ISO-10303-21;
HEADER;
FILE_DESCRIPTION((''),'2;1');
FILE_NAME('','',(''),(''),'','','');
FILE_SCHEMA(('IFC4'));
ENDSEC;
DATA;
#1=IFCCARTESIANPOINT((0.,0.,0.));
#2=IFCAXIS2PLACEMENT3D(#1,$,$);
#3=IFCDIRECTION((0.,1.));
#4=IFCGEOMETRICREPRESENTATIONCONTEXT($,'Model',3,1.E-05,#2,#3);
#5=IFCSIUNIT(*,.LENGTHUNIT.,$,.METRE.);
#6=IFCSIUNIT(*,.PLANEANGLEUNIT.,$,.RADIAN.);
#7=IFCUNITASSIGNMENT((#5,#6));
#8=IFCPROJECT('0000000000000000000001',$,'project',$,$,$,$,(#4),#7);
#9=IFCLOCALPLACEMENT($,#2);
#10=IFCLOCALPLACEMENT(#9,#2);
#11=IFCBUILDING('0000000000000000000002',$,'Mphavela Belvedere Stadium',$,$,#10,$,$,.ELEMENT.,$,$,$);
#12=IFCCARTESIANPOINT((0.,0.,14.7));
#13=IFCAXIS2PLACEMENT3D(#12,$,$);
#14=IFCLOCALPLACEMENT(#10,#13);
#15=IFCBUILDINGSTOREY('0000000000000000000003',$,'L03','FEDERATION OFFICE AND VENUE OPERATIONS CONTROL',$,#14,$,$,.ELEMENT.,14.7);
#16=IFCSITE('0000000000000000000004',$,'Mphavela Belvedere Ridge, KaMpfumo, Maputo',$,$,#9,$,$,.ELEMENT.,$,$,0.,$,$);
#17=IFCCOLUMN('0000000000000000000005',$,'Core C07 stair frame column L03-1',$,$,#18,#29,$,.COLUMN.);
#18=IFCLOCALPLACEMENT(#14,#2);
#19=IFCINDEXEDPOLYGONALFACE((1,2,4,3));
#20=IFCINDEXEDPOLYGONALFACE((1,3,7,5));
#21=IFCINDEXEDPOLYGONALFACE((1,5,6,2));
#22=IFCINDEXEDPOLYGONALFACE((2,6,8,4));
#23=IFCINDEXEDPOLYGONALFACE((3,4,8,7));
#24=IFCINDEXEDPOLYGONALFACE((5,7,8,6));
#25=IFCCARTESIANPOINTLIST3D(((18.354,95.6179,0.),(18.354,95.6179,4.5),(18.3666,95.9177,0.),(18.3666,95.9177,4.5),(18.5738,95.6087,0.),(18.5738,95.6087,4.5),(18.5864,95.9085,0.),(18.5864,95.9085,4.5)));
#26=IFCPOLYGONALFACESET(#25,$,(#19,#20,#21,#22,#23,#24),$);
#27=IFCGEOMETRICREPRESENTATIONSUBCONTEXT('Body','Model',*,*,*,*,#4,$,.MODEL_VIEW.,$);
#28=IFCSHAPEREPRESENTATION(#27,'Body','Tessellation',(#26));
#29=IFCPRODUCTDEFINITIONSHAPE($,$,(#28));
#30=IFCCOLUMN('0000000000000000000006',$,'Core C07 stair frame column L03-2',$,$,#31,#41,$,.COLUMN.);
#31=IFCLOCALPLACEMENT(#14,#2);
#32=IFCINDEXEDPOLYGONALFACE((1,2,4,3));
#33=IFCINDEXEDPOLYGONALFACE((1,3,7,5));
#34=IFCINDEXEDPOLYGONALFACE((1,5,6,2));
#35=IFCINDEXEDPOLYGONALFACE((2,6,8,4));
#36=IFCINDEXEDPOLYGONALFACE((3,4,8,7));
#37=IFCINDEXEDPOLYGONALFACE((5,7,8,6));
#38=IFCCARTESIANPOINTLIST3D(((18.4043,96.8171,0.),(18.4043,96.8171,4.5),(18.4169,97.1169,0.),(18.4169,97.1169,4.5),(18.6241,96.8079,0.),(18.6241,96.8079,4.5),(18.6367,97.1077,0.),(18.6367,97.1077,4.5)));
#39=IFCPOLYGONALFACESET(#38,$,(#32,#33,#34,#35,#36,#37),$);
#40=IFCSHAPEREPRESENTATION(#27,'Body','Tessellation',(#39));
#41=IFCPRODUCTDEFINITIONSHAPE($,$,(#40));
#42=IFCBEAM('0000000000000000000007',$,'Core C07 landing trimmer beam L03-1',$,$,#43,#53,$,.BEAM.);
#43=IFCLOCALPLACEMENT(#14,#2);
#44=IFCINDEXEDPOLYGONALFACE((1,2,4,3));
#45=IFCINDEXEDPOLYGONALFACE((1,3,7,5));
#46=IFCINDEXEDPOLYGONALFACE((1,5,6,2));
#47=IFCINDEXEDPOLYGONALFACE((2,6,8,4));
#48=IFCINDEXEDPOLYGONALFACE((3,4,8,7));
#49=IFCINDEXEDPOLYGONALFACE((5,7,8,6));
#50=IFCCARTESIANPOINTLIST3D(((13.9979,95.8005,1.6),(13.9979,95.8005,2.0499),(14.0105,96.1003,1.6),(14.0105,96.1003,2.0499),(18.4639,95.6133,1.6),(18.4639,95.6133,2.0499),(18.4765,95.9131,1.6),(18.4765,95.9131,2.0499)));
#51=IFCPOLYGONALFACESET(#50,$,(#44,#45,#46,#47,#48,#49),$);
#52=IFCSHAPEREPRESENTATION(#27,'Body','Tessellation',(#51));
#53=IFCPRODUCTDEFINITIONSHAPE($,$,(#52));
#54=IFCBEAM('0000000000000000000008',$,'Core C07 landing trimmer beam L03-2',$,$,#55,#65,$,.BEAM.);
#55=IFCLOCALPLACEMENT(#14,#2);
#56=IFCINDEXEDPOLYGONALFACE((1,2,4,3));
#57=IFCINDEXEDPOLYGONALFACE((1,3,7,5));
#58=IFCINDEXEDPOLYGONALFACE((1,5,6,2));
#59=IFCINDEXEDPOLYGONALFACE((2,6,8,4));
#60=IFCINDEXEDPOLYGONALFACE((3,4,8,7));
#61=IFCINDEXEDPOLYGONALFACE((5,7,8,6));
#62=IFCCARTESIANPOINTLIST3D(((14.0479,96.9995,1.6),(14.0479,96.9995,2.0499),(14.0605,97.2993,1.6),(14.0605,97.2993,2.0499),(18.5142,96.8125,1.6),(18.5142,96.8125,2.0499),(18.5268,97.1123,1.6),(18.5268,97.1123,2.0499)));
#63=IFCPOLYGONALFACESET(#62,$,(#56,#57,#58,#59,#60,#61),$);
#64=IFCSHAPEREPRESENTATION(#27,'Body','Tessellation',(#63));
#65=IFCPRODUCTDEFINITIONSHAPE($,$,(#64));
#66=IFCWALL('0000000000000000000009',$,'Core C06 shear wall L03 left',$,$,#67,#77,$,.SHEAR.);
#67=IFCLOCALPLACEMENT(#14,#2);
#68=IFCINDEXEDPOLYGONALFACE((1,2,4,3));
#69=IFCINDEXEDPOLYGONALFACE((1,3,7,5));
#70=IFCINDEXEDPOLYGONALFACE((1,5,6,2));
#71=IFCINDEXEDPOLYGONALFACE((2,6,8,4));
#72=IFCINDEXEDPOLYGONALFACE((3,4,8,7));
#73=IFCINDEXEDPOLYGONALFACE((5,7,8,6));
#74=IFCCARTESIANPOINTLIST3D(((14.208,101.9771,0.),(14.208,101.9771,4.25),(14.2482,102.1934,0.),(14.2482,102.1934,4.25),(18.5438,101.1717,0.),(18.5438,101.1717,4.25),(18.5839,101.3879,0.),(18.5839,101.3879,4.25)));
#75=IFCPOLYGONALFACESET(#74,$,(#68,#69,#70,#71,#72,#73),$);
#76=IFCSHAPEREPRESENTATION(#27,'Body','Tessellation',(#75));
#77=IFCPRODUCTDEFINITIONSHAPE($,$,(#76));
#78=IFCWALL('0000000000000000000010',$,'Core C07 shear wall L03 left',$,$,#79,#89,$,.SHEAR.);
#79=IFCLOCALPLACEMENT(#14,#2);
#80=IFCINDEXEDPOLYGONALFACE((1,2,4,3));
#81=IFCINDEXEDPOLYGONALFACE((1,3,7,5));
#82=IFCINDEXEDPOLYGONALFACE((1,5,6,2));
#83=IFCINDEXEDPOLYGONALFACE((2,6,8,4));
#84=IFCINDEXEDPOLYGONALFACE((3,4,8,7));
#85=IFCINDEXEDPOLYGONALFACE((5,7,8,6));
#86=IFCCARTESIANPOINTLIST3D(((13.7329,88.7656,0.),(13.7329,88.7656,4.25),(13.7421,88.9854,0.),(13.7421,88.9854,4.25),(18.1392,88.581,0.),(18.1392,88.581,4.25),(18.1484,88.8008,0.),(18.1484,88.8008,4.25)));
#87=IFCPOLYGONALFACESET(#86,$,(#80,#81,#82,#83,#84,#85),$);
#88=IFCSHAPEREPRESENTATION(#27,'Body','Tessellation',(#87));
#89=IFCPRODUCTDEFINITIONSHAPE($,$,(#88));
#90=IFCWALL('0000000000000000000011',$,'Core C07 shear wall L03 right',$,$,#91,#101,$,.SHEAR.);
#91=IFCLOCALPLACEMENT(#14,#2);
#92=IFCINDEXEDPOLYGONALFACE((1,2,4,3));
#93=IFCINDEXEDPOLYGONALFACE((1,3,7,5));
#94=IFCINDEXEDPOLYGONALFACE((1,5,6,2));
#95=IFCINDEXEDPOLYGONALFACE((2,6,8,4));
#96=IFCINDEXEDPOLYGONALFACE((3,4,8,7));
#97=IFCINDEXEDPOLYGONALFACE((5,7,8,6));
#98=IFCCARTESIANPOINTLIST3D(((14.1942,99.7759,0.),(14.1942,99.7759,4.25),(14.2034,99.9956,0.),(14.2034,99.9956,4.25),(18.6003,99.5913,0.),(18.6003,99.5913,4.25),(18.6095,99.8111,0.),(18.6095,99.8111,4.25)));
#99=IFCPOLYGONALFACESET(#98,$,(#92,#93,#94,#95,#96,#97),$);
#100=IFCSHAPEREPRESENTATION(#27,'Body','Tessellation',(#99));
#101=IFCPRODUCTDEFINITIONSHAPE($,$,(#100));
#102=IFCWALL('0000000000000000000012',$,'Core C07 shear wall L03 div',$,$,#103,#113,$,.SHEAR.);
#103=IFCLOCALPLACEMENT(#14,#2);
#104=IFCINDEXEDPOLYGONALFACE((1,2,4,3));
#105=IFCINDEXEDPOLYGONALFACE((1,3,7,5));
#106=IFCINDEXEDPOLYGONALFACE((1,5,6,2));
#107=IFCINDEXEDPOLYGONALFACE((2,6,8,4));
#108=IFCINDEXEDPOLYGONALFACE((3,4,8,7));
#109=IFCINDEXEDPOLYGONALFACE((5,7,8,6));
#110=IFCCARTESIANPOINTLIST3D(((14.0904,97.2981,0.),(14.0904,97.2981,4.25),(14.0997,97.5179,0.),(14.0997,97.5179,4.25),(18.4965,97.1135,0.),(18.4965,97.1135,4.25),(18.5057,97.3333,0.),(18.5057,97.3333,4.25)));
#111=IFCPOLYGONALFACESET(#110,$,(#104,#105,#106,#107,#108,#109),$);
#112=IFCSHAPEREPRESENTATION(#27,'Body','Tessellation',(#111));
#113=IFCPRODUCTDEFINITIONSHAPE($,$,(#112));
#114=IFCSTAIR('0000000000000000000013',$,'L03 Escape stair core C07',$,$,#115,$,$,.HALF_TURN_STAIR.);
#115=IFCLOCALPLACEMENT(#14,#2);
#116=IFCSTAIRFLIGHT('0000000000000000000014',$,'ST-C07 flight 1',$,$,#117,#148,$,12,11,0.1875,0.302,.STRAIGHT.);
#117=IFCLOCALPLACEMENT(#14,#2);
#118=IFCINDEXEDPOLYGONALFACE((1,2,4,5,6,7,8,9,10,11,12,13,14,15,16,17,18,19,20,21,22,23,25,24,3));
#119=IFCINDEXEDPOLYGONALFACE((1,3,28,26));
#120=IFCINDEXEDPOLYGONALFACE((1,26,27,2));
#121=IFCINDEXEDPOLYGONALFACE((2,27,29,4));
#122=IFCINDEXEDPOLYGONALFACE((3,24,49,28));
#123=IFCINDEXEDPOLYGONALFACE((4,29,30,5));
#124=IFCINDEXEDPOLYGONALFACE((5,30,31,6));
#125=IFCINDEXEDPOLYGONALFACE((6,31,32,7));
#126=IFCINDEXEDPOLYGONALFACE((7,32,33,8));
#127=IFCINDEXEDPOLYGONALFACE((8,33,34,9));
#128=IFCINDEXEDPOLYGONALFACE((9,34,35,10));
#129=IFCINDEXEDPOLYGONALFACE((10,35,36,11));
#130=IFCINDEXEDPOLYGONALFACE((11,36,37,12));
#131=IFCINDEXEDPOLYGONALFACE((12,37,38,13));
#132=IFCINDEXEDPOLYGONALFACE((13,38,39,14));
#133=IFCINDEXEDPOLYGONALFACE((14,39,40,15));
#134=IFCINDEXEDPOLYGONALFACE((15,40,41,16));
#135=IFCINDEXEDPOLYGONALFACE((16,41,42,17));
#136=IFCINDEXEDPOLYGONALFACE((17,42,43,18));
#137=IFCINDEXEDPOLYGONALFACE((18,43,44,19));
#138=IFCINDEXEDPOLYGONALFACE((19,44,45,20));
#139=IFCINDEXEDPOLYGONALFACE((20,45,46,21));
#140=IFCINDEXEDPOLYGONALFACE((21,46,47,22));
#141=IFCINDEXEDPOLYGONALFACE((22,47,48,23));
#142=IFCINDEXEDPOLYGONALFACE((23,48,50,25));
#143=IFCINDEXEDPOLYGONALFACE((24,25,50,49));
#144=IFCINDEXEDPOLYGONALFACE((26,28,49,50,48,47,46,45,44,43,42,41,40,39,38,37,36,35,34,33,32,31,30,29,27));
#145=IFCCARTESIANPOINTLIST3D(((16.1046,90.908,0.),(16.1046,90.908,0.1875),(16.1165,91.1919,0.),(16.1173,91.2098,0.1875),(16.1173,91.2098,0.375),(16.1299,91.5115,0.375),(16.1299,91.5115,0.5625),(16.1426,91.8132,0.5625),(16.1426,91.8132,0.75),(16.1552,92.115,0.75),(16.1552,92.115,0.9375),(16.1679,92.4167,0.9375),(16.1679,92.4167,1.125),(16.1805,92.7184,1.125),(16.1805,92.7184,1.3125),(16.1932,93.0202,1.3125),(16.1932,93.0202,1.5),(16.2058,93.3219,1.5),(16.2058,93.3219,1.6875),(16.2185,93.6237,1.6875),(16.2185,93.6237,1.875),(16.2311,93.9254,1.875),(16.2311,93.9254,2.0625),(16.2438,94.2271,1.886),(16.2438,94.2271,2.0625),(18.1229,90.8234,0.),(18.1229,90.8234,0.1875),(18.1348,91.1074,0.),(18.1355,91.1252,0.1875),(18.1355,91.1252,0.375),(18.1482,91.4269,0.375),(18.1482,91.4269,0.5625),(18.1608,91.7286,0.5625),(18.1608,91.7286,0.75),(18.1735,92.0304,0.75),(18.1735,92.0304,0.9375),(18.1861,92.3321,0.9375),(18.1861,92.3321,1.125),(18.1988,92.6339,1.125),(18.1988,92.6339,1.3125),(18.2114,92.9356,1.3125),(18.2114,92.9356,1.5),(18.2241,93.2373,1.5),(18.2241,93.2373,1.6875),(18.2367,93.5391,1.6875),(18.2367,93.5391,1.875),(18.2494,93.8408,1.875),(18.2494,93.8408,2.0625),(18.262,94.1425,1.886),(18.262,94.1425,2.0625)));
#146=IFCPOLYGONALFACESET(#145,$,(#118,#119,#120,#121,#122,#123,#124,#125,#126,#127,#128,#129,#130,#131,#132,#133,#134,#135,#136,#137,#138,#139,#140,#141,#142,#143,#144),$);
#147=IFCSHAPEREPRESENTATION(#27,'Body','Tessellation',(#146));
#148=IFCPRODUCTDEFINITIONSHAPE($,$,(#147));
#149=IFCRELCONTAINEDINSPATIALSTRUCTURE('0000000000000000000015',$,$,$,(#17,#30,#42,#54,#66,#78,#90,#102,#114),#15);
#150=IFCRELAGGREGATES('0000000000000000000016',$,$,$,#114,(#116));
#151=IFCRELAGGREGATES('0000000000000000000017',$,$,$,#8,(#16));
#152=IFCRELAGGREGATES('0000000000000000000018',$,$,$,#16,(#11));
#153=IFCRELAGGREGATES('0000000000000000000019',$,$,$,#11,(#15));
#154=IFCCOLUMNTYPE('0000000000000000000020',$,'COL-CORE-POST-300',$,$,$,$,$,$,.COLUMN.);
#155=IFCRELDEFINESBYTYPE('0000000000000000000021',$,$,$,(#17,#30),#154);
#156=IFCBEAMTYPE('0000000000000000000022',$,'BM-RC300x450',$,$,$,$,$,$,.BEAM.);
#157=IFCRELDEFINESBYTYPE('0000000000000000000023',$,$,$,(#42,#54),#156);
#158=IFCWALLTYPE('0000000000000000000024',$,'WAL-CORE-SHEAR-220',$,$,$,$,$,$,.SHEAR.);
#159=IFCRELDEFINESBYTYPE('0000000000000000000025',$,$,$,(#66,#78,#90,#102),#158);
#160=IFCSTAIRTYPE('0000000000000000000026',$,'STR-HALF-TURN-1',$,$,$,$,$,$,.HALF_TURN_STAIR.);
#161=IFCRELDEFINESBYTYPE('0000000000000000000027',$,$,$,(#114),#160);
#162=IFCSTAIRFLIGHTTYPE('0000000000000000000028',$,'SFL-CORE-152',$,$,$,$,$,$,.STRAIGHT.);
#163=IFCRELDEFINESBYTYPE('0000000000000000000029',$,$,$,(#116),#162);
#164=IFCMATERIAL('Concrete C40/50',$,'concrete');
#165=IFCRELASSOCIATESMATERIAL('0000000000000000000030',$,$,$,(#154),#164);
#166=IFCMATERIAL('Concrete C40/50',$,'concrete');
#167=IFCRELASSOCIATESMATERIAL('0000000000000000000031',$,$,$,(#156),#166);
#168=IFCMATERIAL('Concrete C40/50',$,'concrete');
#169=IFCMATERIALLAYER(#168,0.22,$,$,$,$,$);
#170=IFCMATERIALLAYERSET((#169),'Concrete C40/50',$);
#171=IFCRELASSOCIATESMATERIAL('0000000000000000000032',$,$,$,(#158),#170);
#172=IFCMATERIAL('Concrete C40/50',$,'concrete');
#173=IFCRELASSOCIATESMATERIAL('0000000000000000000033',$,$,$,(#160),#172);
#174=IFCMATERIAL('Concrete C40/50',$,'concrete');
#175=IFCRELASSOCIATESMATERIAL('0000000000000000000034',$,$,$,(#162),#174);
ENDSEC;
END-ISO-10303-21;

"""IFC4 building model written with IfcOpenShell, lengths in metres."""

from ifc_helpers import new_model, si_unit, direction, frame, frame_2d, origin, origin_2d, place, context, subcontext, project, spatial, polyline, rectangle, outline, extrude, material, layer, layer_set, material_profile, profile_set, type_object, element, aggregate, save


model = new_model("IFC4")

# Units and contexts
model_context = context("Model", 3, precision=1e-05, world=origin(), true_north=direction((0.0, 1.0)))
body_context = subcontext(model_context, "Body", "Model", "MODEL_VIEW")
ifc_project = project(units=[si_unit("LENGTHUNIT", "METRE"), si_unit("PLANEANGLEUNIT", "RADIAN")], contexts=[model_context])

# Site, building, storey
site_placement = place(None, origin())
site = spatial("IfcSite", under=ifc_project, at=site_placement, Name="Mphavela Belvedere Ridge, KaMpfumo, Maputo", CompositionType="ELEMENT", RefElevation=0.0)
building_placement = place(site_placement, origin())
building = spatial("IfcBuilding", under=site, at=building_placement, Name="Mphavela Belvedere Stadium", CompositionType="ELEMENT")
storey_placement = place(building_placement, frame((0.0, 0.0, 14.7)))
storey = spatial("IfcBuildingStorey", under=building, at=storey_placement, Name="L03", Description="FEDERATION OFFICE AND VENUE OPERATIONS CONTROL", CompositionType="ELEMENT", Elevation=14.7)

# Columns
ifc_material_1 = material(Name="Concrete C40/50", Category="concrete")
ifc_material_profile_1 = material_profile(ifc_material_1, rectangle(XDim=0.3, YDim=0.22, at=origin_2d()), Name="RC 300x220")
ifc_profile_set_1 = profile_set([ifc_material_profile_1], Name="Concrete C40/50")
column_type = type_object("IfcColumnType", Name="COL-CORE-POST-300", PredefinedType="COLUMN", material=ifc_profile_set_1)
for number, where, z_axis, x_axis, name in (
    (1, (18.4702, 95.7632, 0.0), (0.0, 0.0, 1.0), (0.041876, 0.999123, 0.0), "Core C07 stair frame column L03-1"),
    (2, (18.5205, 96.9624, 0.0), (0.0, 0.0, 1.0), (0.041876, 0.999123, 0.0), "Core C07 stair frame column L03-2"),
):
    element("IfcColumn", number, at=place(storey_placement, frame(where, z_axis=z_axis, x_axis=x_axis)), inside=storey, type_object=column_type, Name=name, PredefinedType="COLUMN", context=body_context, shape_type="SweptSolid", body=[
        extrude(rectangle(XDim=0.3, YDim=0.22, at=origin_2d()), origin(), (0.0, 0.0, 1.0), 4.5),
    ])

# Beams
ifc_material_2 = material(Name="Concrete C40/50", Category="concrete")
ifc_material_profile_2 = material_profile(ifc_material_2, rectangle(XDim=0.3, YDim=0.45, at=origin_2d()), Name="RC 300x450")
ifc_profile_set_2 = profile_set([ifc_material_profile_2], Name="Concrete C40/50")
beam_type = type_object("IfcBeamType", Name="BM-RC300x450", PredefinedType="BEAM", material=ifc_profile_set_2)
beam_1_placement = place(storey_placement, frame((18.4702, 95.7632, 1.825), z_axis=(-0.999122, 0.041892, 0.0), x_axis=(-0.041892, -0.999122, 0.0)))
element("IfcBeam", 3, at=beam_1_placement, inside=storey, type_object=beam_type, Name="Core C07 landing trimmer beam L03-1", PredefinedType="BEAM", context=body_context, shape_type="SweptSolid", body=[
    extrude(rectangle(XDim=0.3, YDim=0.45, at=origin_2d()), origin(), (0.0, 0.0, 1.0), 4.47),
])
beam_2_placement = place(storey_placement, frame((18.5205, 96.9624, 1.825), z_axis=(-0.999125, 0.041835, 0.0), x_axis=(-0.041835, -0.999125, 0.0)))
element("IfcBeam", 4, at=beam_2_placement, inside=storey, type_object=beam_type, Name="Core C07 landing trimmer beam L03-2", PredefinedType="BEAM", context=body_context, shape_type="SweptSolid", body=[
    extrude(rectangle(XDim=0.3, YDim=0.45, at=origin_2d()), origin(), (0.0, 0.0, 1.0), 4.4702),
])

# Wall
ifc_material_3 = material(Name="Concrete C40/50", Category="concrete")
ifc_layer = layer(ifc_material_3, 0.22)
ifc_layer_set = layer_set([ifc_layer], Name="Concrete C40/50")
wall_type = type_object("IfcWallType", Name="WAL-CORE-SHEAR-220", PredefinedType="SHEAR", material=ifc_layer_set)
wall_1_placement = place(storey_placement, frame((18.564, 101.2798, 0.0), z_axis=(0.0, 0.0, 1.0), x_axis=(-0.98318, 0.18264, 0.0)))
element("IfcWall", 5, at=wall_1_placement, inside=storey, type_object=wall_type, Name="Core C06 shear wall L03 left", PredefinedType="SHEAR", context=body_context, shape_type="SweptSolid", body=[
    extrude(rectangle(XDim=4.4099, YDim=0.22, at=frame_2d((2.2051, 0.0))), origin(), (0.0, 0.0, 1.0), 4.25),
])

# Walls
wall_2_placement = place(storey_placement, frame((18.1438, 88.6909, 0.0), z_axis=(0.0, 0.0, 1.0), x_axis=(-0.999124, 0.041852, 0.0)))
element("IfcWall", 6, at=wall_2_placement, inside=storey, type_object=wall_type, Name="Core C07 shear wall L03 left", PredefinedType="SHEAR", context=body_context, shape_type="SweptSolid", body=[
    extrude(rectangle(XDim=4.4102, YDim=0.22, at=frame_2d((2.2051, 0.0))), origin(), (0.0, 0.0, 1.0), 4.25),
])
wall_3_placement = place(storey_placement, frame((18.605, 99.7012, 0.0), z_axis=(0.0, 0.0, 1.0), x_axis=(-0.999124, 0.041854, 0.0)))
element("IfcWall", 7, at=wall_3_placement, inside=storey, type_object=wall_type, Name="Core C07 shear wall L03 right", PredefinedType="SHEAR", context=body_context, shape_type="SweptSolid", body=[
    extrude(rectangle(XDim=4.4099, YDim=0.22, at=frame_2d((2.2051, 0.0))), origin(), (0.0, 0.0, 1.0), 4.25),
])

# Wall
wall_4_placement = place(storey_placement, frame((18.5012, 97.2234, 0.0), z_axis=(0.0, 0.0, 1.0), x_axis=(-0.999124, 0.041854, 0.0)))
element("IfcWall", 8, at=wall_4_placement, inside=storey, type_object=wall_type, Name="Core C07 shear wall L03 div", PredefinedType="SHEAR", context=body_context, shape_type="SweptSolid", body=[
    extrude(rectangle(XDim=4.4099, YDim=0.22, at=frame_2d((2.2051, 0.0))), origin(), (0.0, 0.0, 1.0), 4.25),
])

# Stair, stair flight
ifc_material_4 = material(Name="Concrete C40/50", Category="concrete")
stair_type = type_object("IfcStairType", Name="STR-HALF-TURN-1", PredefinedType="HALF_TURN_STAIR", material=ifc_material_4)
stair_placement = place(storey_placement, origin())
stair = element("IfcStair", 9, at=stair_placement, inside=storey, type_object=stair_type, Name="L03 Escape stair core C07", PredefinedType="HALF_TURN_STAIR")
ifc_material_5 = material(Name="Concrete C40/50", Category="concrete")
stair_flight_type = type_object("IfcStairFlightType", Name="SFL-CORE-152", PredefinedType="STRAIGHT", material=ifc_material_5)
stair_flight_placement = place(storey_placement, frame((17.1138, 90.8657, 0.0), z_axis=(0.0, 0.0, 1.0), x_axis=(0.041876, 0.999123, 0.0)))
stair_flight = element("IfcStairFlight", 10, at=stair_flight_placement, type_object=stair_flight_type, Name="ST-C07 flight 1", NumberOfRisers=12, NumberOfTreads=11, PredefinedType="STRAIGHT", RiserHeight=0.1875, TreadLength=0.302, context=body_context, shape_type="SweptSolid", body=[
    extrude(outline(polyline([(0.0, 0.0), (0.0, 0.1875), (0.302, 0.1875), (0.302, 0.375), (0.604, 0.375), (0.604, 0.5625), (0.906, 0.5625), (0.906, 0.75), (1.208, 0.75), (1.208, 0.9375), (1.51, 0.9375), (1.51, 1.125), (1.812, 1.125), (1.812, 1.3125), (2.114, 1.3125), (2.114, 1.5), (2.416, 1.5), (2.416, 1.6875), (2.718, 1.6875), (2.718, 1.875), (3.02, 1.875), (3.02, 2.0625), (3.322, 2.0625), (3.322, 2.25), (3.322, 1.886), (0.2842, 0.0), (0.0, 0.0)])), frame((0.0, 1.01, 0.0), z_axis=(0.0, -1.0, 0.0), x_axis=(1.0, 0.0, 0.0)), (0.0, 0.0, 1.0), 2.02),
])
aggregate(stair, [stair_flight])

save(model, "model.ifc")
